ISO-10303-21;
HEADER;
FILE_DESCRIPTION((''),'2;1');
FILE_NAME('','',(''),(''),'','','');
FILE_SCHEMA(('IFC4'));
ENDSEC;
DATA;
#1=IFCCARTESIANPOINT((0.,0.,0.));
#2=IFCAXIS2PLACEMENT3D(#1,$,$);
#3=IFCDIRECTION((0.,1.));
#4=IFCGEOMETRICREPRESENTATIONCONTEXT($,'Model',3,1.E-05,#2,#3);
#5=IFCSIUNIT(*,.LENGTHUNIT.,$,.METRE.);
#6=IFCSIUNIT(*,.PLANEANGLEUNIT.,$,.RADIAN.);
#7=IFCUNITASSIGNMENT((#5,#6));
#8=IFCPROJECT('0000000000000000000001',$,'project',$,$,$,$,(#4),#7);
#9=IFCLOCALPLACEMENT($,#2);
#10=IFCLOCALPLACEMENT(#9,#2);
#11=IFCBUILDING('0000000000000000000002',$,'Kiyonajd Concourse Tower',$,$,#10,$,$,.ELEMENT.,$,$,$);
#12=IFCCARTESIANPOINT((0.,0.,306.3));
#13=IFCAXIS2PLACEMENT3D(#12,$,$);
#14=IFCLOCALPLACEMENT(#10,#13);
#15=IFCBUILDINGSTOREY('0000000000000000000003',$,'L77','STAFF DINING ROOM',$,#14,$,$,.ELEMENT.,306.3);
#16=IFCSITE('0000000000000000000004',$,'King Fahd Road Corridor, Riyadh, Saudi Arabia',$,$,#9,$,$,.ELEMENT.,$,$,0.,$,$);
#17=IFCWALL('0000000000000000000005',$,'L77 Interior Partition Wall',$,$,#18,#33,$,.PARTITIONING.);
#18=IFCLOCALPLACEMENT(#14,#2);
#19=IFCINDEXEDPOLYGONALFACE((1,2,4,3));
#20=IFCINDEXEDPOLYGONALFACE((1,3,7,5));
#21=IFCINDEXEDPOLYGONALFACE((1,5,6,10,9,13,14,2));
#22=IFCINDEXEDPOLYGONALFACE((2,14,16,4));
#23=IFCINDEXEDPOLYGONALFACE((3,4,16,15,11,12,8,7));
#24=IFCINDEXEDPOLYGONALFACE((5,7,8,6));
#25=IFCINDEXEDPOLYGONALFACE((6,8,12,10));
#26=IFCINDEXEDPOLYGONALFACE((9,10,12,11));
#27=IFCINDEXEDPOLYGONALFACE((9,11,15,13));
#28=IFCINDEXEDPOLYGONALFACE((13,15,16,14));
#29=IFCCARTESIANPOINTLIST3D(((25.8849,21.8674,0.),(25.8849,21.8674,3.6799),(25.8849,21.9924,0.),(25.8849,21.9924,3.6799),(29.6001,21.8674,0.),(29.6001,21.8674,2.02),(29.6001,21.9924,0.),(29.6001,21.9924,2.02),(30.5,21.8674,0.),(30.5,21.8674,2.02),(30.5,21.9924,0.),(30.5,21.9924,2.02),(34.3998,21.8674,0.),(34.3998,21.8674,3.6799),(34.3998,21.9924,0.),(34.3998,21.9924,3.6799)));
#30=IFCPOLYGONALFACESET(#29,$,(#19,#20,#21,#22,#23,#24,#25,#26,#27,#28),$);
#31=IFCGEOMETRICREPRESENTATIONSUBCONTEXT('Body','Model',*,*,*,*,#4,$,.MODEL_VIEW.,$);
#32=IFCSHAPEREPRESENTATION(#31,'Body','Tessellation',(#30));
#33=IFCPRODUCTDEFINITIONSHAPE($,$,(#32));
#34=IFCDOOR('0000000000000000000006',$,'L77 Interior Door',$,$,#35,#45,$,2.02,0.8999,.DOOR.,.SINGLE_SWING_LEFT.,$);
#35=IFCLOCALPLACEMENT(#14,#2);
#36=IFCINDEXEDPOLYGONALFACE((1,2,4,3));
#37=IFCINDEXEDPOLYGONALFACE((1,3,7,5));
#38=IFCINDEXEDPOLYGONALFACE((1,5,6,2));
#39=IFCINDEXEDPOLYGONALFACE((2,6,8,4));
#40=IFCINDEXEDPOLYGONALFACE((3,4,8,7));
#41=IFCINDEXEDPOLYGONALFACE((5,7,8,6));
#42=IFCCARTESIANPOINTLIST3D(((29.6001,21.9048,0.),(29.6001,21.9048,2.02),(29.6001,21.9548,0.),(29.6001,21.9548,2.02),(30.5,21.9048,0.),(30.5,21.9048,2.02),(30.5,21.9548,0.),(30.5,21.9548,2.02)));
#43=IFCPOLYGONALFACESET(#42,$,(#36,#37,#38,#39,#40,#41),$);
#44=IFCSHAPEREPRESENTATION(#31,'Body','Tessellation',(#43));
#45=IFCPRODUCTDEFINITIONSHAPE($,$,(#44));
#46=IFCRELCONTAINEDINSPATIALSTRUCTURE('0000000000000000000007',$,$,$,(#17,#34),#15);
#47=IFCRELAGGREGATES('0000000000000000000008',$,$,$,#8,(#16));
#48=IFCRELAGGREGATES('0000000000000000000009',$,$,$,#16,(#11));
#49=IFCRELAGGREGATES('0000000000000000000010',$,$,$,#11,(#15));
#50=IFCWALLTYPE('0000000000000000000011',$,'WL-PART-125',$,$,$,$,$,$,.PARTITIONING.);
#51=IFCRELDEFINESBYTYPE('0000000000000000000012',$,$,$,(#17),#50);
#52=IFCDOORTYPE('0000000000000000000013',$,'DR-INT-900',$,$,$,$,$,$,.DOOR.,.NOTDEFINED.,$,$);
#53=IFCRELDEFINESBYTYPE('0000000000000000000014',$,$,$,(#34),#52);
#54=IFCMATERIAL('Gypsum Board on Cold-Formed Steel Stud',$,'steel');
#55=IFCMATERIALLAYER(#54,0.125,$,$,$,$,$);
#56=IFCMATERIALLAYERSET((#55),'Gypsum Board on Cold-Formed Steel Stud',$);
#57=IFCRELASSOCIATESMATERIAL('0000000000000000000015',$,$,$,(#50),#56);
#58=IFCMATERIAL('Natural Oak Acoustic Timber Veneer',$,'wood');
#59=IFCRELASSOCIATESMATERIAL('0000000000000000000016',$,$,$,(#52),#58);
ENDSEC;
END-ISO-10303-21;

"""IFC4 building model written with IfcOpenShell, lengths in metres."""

from ifc_helpers import new_model, si_unit, direction, frame, frame_2d, origin, place, context, subcontext, project, spatial, rectangle, extrude, material, layer, layer_set, type_object, element, fill, save


model = new_model("IFC4")

# Units and contexts
model_context = context("Model", 3, precision=1e-05, world=origin(), true_north=direction((0.0, 1.0)))
body_context = subcontext(model_context, "Body", "Model", "MODEL_VIEW")
ifc_project = project(units=[si_unit("LENGTHUNIT", "METRE"), si_unit("PLANEANGLEUNIT", "RADIAN")], contexts=[model_context])

# Site, building, storey
site_placement = place(None, origin())
site = spatial("IfcSite", under=ifc_project, at=site_placement, Name="King Fahd Road Corridor, Riyadh, Saudi Arabia", CompositionType="ELEMENT", RefElevation=0.0)
building_placement = place(site_placement, origin())
building = spatial("IfcBuilding", under=site, at=building_placement, Name="Kiyonajd Concourse Tower", CompositionType="ELEMENT")
storey_placement = place(building_placement, frame((0.0, 0.0, 306.3)))
storey = spatial("IfcBuildingStorey", under=building, at=storey_placement, Name="L77", Description="STAFF DINING ROOM", CompositionType="ELEMENT", Elevation=306.3)

# Wall, opening, door
ifc_material_1 = material(Name="Gypsum Board on Cold-Formed Steel Stud", Category="steel")
ifc_layer_1 = layer(ifc_material_1, 0.125)
ifc_layer_set_1 = layer_set([ifc_layer_1], Name="Gypsum Board on Cold-Formed Steel Stud")
wall_type_1 = type_object("IfcWallType", Name="WL-PART-125", PredefinedType="PARTITIONING", material=ifc_layer_set_1)
wall_1_placement = place(storey_placement, frame((25.885, 21.9299, 0.0), z_axis=(0.0, 0.0, 1.0), x_axis=(1.0, 0.0, 0.0)))
wall_1 = element("IfcWall", 1, at=wall_1_placement, inside=storey, type_object=wall_type_1, Name="L77 Interior Partition Wall", PredefinedType="PARTITIONING", context=body_context, shape_type="SweptSolid", body=[
    extrude(rectangle(XDim=8.5149, YDim=0.125, at=frame_2d((4.2573, 0.0))), origin(), (0.0, 0.0, 1.0), 3.6799),
])
opening_1_placement = place(wall_1_placement, frame((3.7151, 0.0, 0.0)))
opening_1 = element("IfcOpeningElement", 2, at=opening_1_placement, cuts=wall_1, PredefinedType="OPENING", context=body_context, shape_type="SweptSolid", body=[
    extrude(rectangle(XDim=0.8999, YDim=2.02, at=frame_2d((0.45, 1.01))), frame((0.0, 0.0725, 0.0), z_axis=(0.0, -1.0, 0.0), x_axis=(1.0, 0.0, 0.0)), (0.0, 0.0, 1.0), 0.145),
])
ifc_material_2 = material(Name="Natural Oak Acoustic Timber Veneer", Category="wood")
door_type_1 = type_object("IfcDoorType", Name="DR-INT-900", OperationType="NOTDEFINED", PredefinedType="DOOR", material=ifc_material_2)
door_1_placement = place(opening_1_placement, origin())
door_1 = element("IfcDoor", 3, at=door_1_placement, inside=storey, type_object=door_type_1, Name="L77 Interior Door", OperationType="SINGLE_SWING_LEFT", OverallHeight=2.02, OverallWidth=0.8999, PredefinedType="DOOR", context=body_context, shape_type="SweptSolid", body=[
    extrude(rectangle(XDim=0.8999, YDim=2.02, at=frame_2d((0.45, 1.01))), frame((0.0, 0.0249, 0.0), z_axis=(0.0, -1.0, 0.0), x_axis=(1.0, 0.0, 0.0)), (0.0, 0.0, 1.0), 0.05),
])
fill(opening_1, door_1)

save(model, "model.ifc")
